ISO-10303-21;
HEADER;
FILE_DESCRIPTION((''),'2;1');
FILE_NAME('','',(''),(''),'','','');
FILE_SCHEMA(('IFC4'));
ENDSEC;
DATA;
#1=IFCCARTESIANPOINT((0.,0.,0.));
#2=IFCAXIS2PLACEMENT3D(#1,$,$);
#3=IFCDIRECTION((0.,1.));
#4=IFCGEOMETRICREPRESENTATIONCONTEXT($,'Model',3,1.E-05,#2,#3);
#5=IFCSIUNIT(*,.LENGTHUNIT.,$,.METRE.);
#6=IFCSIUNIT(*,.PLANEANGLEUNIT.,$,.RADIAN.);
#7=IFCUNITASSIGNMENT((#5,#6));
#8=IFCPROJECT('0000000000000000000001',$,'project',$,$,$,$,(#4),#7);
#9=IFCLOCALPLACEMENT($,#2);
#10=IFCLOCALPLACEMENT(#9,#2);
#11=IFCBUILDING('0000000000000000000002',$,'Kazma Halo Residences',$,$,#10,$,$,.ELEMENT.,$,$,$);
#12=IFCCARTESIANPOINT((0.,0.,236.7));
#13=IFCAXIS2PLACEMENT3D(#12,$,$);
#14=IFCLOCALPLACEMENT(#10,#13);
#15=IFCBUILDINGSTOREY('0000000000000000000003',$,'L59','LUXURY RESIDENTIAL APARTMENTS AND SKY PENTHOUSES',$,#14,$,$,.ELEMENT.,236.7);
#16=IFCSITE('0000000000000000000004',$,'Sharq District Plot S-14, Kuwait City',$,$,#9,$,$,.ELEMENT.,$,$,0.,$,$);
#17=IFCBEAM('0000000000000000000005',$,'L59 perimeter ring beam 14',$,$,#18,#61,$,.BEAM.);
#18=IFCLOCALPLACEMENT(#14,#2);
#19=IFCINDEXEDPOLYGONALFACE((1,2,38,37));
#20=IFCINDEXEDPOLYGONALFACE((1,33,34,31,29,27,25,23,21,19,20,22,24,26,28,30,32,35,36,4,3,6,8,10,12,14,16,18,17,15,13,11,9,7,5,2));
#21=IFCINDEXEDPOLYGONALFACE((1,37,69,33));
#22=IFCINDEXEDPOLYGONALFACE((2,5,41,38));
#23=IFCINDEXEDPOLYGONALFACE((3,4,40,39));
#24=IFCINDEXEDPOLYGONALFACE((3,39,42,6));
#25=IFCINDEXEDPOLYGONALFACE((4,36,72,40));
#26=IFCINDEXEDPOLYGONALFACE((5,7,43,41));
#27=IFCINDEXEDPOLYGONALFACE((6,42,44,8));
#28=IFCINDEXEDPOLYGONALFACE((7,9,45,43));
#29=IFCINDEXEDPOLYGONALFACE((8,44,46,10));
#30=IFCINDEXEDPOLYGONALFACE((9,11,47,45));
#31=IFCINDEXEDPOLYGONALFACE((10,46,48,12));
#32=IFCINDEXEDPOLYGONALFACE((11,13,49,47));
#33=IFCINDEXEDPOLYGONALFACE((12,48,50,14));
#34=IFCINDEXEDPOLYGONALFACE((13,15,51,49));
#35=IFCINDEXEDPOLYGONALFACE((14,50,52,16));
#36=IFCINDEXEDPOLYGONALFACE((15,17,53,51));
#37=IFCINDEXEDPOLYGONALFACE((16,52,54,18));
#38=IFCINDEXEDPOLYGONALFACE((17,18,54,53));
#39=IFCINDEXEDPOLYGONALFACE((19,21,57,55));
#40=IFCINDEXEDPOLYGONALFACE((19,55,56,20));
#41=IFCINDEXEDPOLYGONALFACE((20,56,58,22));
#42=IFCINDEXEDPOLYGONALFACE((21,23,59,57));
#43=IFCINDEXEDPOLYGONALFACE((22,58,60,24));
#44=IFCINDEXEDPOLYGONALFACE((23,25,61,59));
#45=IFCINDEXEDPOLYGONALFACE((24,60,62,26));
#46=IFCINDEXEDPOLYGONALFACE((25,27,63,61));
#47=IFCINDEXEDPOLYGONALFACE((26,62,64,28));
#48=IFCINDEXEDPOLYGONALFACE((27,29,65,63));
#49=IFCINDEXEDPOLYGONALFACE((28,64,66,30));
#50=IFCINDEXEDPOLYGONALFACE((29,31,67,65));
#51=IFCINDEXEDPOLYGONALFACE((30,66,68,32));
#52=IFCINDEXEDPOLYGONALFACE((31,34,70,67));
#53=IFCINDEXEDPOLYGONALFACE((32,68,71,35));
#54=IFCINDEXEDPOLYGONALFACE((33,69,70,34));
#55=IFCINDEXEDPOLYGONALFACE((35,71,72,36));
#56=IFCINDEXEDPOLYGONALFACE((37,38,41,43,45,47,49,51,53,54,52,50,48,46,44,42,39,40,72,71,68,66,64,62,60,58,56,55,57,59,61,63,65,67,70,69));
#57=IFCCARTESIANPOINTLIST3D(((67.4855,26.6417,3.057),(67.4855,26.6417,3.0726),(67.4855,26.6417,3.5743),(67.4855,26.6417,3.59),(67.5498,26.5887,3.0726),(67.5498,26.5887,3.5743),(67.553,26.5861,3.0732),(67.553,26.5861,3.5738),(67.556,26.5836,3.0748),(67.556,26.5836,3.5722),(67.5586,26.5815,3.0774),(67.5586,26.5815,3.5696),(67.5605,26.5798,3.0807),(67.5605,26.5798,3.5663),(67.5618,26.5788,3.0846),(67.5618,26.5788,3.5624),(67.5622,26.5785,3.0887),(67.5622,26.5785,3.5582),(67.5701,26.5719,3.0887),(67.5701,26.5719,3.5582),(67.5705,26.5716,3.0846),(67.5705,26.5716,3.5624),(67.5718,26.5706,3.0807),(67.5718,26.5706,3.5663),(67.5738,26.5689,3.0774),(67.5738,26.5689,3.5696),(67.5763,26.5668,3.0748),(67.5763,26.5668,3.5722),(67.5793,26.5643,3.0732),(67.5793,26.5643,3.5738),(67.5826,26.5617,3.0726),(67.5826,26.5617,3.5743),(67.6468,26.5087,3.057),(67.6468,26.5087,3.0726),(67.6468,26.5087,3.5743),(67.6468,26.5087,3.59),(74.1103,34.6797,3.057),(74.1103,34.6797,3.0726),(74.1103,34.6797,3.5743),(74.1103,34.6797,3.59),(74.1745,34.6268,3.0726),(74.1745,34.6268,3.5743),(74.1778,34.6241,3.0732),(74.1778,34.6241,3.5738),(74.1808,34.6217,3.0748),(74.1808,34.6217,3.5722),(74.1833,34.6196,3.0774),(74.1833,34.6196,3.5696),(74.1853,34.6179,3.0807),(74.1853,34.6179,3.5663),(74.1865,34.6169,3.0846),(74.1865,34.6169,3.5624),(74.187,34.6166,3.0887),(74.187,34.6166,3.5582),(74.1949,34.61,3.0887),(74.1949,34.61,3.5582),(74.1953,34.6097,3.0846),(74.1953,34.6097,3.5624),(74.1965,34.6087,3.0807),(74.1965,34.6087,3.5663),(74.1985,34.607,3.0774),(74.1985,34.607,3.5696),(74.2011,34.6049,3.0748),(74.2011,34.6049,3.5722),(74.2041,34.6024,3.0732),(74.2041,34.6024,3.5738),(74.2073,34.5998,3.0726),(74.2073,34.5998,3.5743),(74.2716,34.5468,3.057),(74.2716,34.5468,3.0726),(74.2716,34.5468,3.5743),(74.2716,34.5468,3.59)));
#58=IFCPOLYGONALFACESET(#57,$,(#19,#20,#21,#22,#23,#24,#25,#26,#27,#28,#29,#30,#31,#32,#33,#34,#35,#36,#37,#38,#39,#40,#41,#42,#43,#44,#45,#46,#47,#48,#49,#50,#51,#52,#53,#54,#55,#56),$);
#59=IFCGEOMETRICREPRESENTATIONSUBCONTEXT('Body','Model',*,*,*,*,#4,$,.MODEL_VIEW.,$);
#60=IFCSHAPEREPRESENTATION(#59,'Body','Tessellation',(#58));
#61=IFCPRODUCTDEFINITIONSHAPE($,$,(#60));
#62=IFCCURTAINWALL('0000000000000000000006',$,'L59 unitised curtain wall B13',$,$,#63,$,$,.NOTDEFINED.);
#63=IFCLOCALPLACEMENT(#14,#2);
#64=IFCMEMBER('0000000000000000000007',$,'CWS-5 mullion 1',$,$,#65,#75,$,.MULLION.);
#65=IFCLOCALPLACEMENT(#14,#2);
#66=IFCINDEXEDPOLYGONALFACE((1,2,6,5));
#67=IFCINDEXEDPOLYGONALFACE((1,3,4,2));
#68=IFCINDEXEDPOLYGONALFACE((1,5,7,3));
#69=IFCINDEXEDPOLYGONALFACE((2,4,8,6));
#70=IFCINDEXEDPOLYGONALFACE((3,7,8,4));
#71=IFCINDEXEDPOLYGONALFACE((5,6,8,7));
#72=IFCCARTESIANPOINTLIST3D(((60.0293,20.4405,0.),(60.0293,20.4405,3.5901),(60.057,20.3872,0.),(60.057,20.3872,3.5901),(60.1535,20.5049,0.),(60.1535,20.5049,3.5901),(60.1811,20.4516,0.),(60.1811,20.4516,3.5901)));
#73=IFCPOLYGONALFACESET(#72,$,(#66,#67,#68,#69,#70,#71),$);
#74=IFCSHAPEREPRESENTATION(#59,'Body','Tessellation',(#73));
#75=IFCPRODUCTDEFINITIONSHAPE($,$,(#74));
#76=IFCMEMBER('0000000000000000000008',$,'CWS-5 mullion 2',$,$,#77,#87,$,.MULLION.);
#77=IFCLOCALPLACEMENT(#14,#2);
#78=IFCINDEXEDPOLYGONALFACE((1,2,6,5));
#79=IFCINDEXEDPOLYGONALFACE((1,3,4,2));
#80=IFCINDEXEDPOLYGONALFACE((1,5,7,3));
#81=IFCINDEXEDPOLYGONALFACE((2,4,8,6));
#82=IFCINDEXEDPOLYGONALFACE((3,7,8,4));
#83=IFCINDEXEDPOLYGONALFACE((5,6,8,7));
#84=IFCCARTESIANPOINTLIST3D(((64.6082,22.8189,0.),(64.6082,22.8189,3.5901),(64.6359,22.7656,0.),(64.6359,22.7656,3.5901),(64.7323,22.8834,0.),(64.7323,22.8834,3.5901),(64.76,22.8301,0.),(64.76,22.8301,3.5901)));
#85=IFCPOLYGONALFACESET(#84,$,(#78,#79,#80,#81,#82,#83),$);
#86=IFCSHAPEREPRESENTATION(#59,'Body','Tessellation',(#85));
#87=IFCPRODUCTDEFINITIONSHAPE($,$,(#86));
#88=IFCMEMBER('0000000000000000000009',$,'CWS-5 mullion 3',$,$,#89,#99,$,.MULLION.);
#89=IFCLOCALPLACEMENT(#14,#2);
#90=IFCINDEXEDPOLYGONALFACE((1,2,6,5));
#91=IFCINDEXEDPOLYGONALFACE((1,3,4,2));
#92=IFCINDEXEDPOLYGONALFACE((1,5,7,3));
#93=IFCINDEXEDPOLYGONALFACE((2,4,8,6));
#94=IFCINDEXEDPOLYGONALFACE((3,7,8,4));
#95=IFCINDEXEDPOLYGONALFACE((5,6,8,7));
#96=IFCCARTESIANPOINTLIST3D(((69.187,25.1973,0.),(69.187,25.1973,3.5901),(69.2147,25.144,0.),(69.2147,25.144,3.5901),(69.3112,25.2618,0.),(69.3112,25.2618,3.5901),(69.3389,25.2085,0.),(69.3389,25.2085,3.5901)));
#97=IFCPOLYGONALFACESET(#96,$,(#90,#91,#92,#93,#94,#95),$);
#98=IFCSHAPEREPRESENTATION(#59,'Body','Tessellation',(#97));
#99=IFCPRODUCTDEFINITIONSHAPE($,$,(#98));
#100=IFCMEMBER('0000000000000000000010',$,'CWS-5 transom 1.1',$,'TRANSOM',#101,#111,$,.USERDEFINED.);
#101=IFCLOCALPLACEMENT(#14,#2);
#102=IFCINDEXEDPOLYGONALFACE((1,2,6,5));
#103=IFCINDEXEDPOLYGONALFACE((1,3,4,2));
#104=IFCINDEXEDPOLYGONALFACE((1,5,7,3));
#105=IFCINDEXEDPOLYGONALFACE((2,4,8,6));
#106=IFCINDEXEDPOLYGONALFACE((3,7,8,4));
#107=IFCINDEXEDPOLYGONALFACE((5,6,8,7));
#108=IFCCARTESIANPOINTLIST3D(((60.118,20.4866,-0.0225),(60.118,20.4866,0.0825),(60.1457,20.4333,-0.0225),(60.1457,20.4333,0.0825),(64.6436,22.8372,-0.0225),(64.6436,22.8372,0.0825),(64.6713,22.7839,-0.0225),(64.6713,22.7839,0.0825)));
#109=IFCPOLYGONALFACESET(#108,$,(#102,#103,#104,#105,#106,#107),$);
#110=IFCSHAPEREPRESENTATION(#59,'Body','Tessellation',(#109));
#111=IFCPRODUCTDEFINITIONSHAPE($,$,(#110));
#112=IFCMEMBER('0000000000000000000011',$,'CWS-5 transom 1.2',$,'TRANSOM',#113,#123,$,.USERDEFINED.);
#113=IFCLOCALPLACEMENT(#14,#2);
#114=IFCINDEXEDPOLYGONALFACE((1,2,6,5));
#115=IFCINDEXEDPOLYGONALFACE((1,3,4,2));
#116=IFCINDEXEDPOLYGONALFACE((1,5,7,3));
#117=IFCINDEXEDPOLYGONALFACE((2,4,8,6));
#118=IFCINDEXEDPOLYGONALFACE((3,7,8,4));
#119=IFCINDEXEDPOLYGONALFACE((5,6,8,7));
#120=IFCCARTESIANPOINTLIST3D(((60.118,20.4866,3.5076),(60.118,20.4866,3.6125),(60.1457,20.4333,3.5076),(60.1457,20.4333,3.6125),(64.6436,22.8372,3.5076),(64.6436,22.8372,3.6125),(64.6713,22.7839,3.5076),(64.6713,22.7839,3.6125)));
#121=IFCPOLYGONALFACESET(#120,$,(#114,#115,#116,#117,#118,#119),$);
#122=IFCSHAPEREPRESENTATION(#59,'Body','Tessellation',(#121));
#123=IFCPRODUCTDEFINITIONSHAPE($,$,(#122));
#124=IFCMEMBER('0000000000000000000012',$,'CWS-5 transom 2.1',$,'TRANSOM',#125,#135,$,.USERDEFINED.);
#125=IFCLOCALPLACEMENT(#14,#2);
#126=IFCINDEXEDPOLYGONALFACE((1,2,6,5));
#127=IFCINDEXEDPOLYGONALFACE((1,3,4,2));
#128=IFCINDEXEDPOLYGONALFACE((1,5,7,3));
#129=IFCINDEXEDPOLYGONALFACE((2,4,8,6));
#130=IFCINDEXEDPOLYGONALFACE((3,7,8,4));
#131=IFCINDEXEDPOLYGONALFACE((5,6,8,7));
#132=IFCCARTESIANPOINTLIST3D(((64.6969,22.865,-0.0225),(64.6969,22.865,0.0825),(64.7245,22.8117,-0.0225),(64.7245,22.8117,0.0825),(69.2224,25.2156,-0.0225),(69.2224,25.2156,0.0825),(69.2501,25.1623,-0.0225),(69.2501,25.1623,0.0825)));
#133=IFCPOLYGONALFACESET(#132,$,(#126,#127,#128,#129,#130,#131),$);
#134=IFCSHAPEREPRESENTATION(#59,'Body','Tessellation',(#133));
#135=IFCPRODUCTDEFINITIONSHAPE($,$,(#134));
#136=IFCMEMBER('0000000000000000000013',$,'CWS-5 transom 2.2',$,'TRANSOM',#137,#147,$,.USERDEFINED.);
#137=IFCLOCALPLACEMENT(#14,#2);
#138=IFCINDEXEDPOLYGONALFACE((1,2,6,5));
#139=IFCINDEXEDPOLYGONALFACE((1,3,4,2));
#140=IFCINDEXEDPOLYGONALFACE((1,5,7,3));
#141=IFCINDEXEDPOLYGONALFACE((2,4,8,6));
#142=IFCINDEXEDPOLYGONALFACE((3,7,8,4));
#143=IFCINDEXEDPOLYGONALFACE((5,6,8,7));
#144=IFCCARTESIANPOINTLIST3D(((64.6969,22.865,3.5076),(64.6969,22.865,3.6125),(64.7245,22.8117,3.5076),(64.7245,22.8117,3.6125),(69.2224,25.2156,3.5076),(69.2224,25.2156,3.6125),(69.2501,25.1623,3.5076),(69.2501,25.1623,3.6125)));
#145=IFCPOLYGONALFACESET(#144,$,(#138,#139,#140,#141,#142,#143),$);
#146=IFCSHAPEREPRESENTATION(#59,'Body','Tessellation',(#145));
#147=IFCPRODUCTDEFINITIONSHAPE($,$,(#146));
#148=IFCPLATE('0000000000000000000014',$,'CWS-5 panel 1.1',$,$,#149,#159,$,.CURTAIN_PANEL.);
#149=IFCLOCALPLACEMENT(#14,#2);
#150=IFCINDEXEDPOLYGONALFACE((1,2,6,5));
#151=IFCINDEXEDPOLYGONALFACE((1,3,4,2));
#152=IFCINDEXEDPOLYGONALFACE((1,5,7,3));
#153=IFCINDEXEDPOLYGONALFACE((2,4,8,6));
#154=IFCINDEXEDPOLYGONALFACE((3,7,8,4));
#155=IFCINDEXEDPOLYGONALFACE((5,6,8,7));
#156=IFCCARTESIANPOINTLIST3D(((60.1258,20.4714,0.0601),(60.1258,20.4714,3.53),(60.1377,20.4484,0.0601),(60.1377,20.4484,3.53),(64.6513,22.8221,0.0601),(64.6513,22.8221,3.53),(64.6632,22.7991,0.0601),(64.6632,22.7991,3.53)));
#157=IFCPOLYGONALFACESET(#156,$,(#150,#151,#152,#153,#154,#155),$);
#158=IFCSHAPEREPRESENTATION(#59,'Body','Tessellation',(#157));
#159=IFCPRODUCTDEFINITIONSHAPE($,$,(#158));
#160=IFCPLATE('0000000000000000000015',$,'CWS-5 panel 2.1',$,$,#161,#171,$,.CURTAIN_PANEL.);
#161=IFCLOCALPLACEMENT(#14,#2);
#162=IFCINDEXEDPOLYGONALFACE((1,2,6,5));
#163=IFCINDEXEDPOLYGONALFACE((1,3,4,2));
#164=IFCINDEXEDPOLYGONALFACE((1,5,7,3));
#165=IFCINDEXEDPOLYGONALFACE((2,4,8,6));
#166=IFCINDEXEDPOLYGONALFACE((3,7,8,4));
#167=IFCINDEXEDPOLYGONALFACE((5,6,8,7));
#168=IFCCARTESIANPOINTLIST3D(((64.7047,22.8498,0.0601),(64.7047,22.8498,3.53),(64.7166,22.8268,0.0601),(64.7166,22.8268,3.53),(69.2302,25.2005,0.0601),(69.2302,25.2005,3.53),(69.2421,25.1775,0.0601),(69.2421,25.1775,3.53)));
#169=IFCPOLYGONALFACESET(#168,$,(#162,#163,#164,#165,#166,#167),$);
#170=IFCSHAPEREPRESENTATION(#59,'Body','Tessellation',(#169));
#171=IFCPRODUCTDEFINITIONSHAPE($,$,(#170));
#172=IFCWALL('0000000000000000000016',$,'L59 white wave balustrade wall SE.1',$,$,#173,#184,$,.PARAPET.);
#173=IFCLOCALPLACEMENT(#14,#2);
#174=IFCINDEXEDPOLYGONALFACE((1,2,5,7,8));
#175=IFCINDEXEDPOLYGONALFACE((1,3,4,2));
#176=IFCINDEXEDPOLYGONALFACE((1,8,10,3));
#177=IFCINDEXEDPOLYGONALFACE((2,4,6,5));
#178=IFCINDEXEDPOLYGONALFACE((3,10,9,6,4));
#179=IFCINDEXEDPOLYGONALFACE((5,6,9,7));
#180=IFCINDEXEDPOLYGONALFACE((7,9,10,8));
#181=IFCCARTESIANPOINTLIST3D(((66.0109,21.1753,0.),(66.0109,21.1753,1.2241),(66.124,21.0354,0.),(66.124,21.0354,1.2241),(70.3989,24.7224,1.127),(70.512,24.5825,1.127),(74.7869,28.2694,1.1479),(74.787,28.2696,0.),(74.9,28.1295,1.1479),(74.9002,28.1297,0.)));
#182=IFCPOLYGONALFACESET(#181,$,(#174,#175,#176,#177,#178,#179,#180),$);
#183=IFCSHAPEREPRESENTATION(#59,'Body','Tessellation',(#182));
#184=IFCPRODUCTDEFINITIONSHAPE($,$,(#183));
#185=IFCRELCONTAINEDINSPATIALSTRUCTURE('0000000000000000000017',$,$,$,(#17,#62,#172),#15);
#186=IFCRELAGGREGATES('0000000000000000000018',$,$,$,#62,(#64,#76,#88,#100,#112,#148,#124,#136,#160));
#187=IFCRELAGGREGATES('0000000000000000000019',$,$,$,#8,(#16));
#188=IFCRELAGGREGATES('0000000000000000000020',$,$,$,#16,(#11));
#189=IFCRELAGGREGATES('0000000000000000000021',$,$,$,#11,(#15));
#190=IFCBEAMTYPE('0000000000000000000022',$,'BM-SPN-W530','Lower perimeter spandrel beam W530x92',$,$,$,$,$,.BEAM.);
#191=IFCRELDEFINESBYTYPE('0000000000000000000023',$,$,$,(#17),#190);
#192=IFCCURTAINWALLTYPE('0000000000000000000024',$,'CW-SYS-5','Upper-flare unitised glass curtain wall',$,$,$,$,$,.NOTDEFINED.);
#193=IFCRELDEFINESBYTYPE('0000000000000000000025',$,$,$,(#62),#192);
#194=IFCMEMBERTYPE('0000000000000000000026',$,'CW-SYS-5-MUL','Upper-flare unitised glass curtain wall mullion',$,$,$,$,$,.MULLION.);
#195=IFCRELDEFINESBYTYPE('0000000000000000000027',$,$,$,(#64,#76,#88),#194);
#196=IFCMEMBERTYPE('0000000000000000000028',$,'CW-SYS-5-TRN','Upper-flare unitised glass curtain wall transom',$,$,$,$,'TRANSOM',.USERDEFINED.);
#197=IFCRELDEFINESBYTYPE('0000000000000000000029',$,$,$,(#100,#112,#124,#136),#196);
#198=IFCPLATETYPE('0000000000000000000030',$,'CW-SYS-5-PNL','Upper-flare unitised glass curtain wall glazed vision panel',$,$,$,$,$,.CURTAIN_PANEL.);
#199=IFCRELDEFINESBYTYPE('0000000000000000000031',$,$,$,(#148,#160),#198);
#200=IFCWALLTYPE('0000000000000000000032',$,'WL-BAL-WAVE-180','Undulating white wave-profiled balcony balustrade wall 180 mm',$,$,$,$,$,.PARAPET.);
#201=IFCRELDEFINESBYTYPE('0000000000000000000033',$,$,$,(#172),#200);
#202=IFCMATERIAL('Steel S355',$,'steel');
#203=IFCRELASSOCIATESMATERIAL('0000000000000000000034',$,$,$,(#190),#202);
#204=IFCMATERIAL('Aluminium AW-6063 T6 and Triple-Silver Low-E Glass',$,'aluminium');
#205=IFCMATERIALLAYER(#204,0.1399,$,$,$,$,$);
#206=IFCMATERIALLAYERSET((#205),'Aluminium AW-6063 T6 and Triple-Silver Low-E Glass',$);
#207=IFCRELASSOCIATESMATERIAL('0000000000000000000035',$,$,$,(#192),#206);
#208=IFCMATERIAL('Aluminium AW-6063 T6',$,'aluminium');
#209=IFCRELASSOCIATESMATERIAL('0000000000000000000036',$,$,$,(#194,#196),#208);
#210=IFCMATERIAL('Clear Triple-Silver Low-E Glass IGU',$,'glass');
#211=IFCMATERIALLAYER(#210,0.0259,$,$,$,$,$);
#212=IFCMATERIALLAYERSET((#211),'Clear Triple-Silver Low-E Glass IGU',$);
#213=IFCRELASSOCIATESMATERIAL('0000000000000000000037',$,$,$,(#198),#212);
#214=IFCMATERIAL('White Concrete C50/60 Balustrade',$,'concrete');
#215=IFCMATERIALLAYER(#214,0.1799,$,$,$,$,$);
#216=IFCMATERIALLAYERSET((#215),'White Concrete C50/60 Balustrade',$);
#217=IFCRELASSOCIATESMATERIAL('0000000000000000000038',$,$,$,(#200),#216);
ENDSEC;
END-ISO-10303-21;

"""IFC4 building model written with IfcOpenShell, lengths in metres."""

from ifc_helpers import new_model, si_unit, direction, frame, origin, origin_2d, place, context, subcontext, project, spatial, polyline, rectangle, i_section, outline, extrude, material, layer, layer_set, material_profile, profile_set, type_object, element, aggregate, save


model = new_model("IFC4")

# Units and contexts
model_context = context("Model", 3, precision=1e-05, world=origin(), true_north=direction((0.0, 1.0)))
body_context = subcontext(model_context, "Body", "Model", "MODEL_VIEW")
ifc_project = project(units=[si_unit("LENGTHUNIT", "METRE"), si_unit("PLANEANGLEUNIT", "RADIAN")], contexts=[model_context])

# Site, building, storey
site_placement = place(None, origin())
site = spatial("IfcSite", under=ifc_project, at=site_placement, Name="Sharq District Plot S-14, Kuwait City", CompositionType="ELEMENT", RefElevation=0.0)
building_placement = place(site_placement, origin())
building = spatial("IfcBuilding", under=site, at=building_placement, Name="Kazma Halo Residences", CompositionType="ELEMENT")
storey_placement = place(building_placement, frame((0.0, 0.0, 236.7)))
storey = spatial("IfcBuildingStorey", under=building, at=storey_placement, Name="L59", Description="LUXURY RESIDENTIAL APARTMENTS AND SKY PENTHOUSES", CompositionType="ELEMENT", Elevation=236.7)

# Beam
ifc_material_1 = material(Name="Steel S355", Category="steel")
ifc_material_profile_1 = material_profile(ifc_material_1, i_section(OverallWidth=0.209, OverallDepth=0.533, WebThickness=0.0103, FlangeThickness=0.0156, FilletRadius=0.0161, at=origin_2d()), Name="W530x92")
ifc_profile_set_1 = profile_set([ifc_material_profile_1], Name="Steel S355")
beam_type_1 = type_object("IfcBeamType", Name="BM-SPN-W530", Description="Lower perimeter spandrel beam W530x92", PredefinedType="BEAM", material=ifc_profile_set_1)
beam_1_placement = place(storey_placement, frame((67.5662, 26.5752, 3.3235), z_axis=(0.636002, 0.771687, 0.0), x_axis=(-0.771687, 0.636002, 0.0)))
element("IfcBeam", 1, at=beam_1_placement, inside=storey, type_object=beam_type_1, Name="L59 perimeter ring beam 14", PredefinedType="BEAM", context=body_context, shape_type="SweptSolid", body=[
    extrude(i_section(OverallWidth=0.209, OverallDepth=0.533, WebThickness=0.0103, FlangeThickness=0.0156, FilletRadius=0.0161, at=origin_2d()), origin(), (0.0, 0.0, 1.0), 10.4163),
])

# Curtain wall, members, plates
ifc_material_2 = material(Name="Aluminium AW-6063 T6 and Triple-Silver Low-E Glass", Category="aluminium")
ifc_layer_1 = layer(ifc_material_2, 0.1399)
ifc_layer_set_1 = layer_set([ifc_layer_1], Name="Aluminium AW-6063 T6 and Triple-Silver Low-E Glass")
curtain_wall_type = type_object("IfcCurtainWallType", Name="CW-SYS-5", Description="Upper-flare unitised glass curtain wall", PredefinedType="NOTDEFINED", material=ifc_layer_set_1)
curtain_wall_placement = place(storey_placement, origin())
curtain_wall = element("IfcCurtainWall", 2, at=curtain_wall_placement, inside=storey, type_object=curtain_wall_type, Name="L59 unitised curtain wall B13", PredefinedType="NOTDEFINED")
ifc_material_3 = material(Name="Aluminium AW-6063 T6", Category="aluminium")
ifc_material_profile_2 = material_profile(ifc_material_3, rectangle(XDim=0.0601, YDim=0.1399, at=origin_2d()), Name="CWM-60x140")
ifc_profile_set_2 = profile_set([ifc_material_profile_2], Name="Aluminium AW-6063 T6")
member_type_1 = type_object("IfcMemberType", Name="CW-SYS-5-MUL", Description="Upper-flare unitised glass curtain wall mullion", PredefinedType="MULLION", material=ifc_profile_set_2)
member_1_placement = place(storey_placement, frame((60.1052, 20.446, 0.0), z_axis=(0.0, 0.0, 1.0), x_axis=(-0.460961, 0.887421, 0.0)))
member_1 = element("IfcMember", 3, at=member_1_placement, type_object=member_type_1, Name="CWS-5 mullion 1", PredefinedType="MULLION", context=body_context, shape_type="SweptSolid", body=[
    extrude(rectangle(XDim=0.0601, YDim=0.1399, at=origin_2d()), origin(), (0.0, 0.0, 1.0), 3.5901),
])
member_2_placement = place(storey_placement, frame((64.6841, 22.8245, 0.0), z_axis=(0.0, 0.0, 1.0), x_axis=(-0.460961, 0.887421, 0.0)))
member_2 = element("IfcMember", 4, at=member_2_placement, type_object=member_type_1, Name="CWS-5 mullion 2", PredefinedType="MULLION", context=body_context, shape_type="SweptSolid", body=[
    extrude(rectangle(XDim=0.0601, YDim=0.1399, at=origin_2d()), origin(), (0.0, 0.0, 1.0), 3.5901),
])
member_3_placement = place(storey_placement, frame((69.2629, 25.2029, 0.0), z_axis=(0.0, 0.0, 1.0), x_axis=(-0.460961, 0.887421, 0.0)))
member_3 = element("IfcMember", 5, at=member_3_placement, type_object=member_type_1, Name="CWS-5 mullion 3", PredefinedType="MULLION", context=body_context, shape_type="SweptSolid", body=[
    extrude(rectangle(XDim=0.0601, YDim=0.1399, at=origin_2d()), origin(), (0.0, 0.0, 1.0), 3.5901),
])
ifc_material_profile_3 = material_profile(ifc_material_3, rectangle(XDim=0.0601, YDim=0.105, at=origin_2d()), Name="CWT-60x105")
ifc_profile_set_3 = profile_set([ifc_material_profile_3], Name="Aluminium AW-6063 T6")
member_type_2 = type_object("IfcMemberType", Name="CW-SYS-5-TRN", Description="Upper-flare unitised glass curtain wall transom", ElementType="TRANSOM", PredefinedType="USERDEFINED", material=ifc_profile_set_3)
member_4_placement = place(storey_placement, frame((60.1318, 20.46, 0.03), z_axis=(0.887437, 0.460929, 0.0), x_axis=(-0.460929, 0.887437, 0.0)))
member_4 = element("IfcMember", 6, at=member_4_placement, type_object=member_type_2, Name="CWS-5 transom 1.1", ObjectType="TRANSOM", PredefinedType="USERDEFINED", context=body_context, shape_type="SweptSolid", body=[
    extrude(rectangle(XDim=0.0601, YDim=0.105, at=origin_2d()), origin(), (0.0, 0.0, 1.0), 5.0996),
])
member_5_placement = place(storey_placement, frame((60.1318, 20.46, 3.5601), z_axis=(0.887437, 0.460929, 0.0), x_axis=(-0.460929, 0.887437, 0.0)))
member_5 = element("IfcMember", 7, at=member_5_placement, type_object=member_type_2, Name="CWS-5 transom 1.2", ObjectType="TRANSOM", PredefinedType="USERDEFINED", context=body_context, shape_type="SweptSolid", body=[
    extrude(rectangle(XDim=0.0601, YDim=0.105, at=origin_2d()), origin(), (0.0, 0.0, 1.0), 5.0996),
])
member_6_placement = place(storey_placement, frame((64.7107, 22.8384, 0.03), z_axis=(0.887437, 0.460929, 0.0), x_axis=(-0.460929, 0.887437, 0.0)))
member_6 = element("IfcMember", 8, at=member_6_placement, type_object=member_type_2, Name="CWS-5 transom 2.1", ObjectType="TRANSOM", PredefinedType="USERDEFINED", context=body_context, shape_type="SweptSolid", body=[
    extrude(rectangle(XDim=0.0601, YDim=0.105, at=origin_2d()), origin(), (0.0, 0.0, 1.0), 5.0996),
])
member_7_placement = place(storey_placement, frame((64.7107, 22.8384, 3.5601), z_axis=(0.887437, 0.460929, 0.0), x_axis=(-0.460929, 0.887437, 0.0)))
member_7 = element("IfcMember", 9, at=member_7_placement, type_object=member_type_2, Name="CWS-5 transom 2.2", ObjectType="TRANSOM", PredefinedType="USERDEFINED", context=body_context, shape_type="SweptSolid", body=[
    extrude(rectangle(XDim=0.0601, YDim=0.105, at=origin_2d()), origin(), (0.0, 0.0, 1.0), 5.0996),
])
ifc_material_4 = material(Name="Clear Triple-Silver Low-E Glass IGU", Category="glass")
ifc_layer_2 = layer(ifc_material_4, 0.0259)
ifc_layer_set_2 = layer_set([ifc_layer_2], Name="Clear Triple-Silver Low-E Glass IGU")
plate_type = type_object("IfcPlateType", Name="CW-SYS-5-PNL", Description="Upper-flare unitised glass curtain wall glazed vision panel", PredefinedType="CURTAIN_PANEL", material=ifc_layer_set_2)
plate_1_placement = place(storey_placement, frame((62.3945, 21.6353, 0.0601), z_axis=(0.0, 0.0, 1.0), x_axis=(0.887421, 0.460961, 0.0)))
plate_1 = element("IfcPlate", 10, at=plate_1_placement, type_object=plate_type, Name="CWS-5 panel 1.1", PredefinedType="CURTAIN_PANEL", context=body_context, shape_type="SweptSolid", body=[
    extrude(rectangle(XDim=5.0996, YDim=0.0259, at=origin_2d()), origin(), (0.0, 0.0, 1.0), 3.47),
])
plate_2_placement = place(storey_placement, frame((66.9734, 24.0137, 0.0601), z_axis=(0.0, 0.0, 1.0), x_axis=(0.887421, 0.460961, 0.0)))
plate_2 = element("IfcPlate", 11, at=plate_2_placement, type_object=plate_type, Name="CWS-5 panel 2.1", PredefinedType="CURTAIN_PANEL", context=body_context, shape_type="SweptSolid", body=[
    extrude(rectangle(XDim=5.0996, YDim=0.0259, at=origin_2d()), origin(), (0.0, 0.0, 1.0), 3.47),
])
aggregate(curtain_wall, [member_1, member_2, member_3, member_4, member_5, plate_1, member_6, member_7, plate_2])

# Wall
ifc_material_5 = material(Name="White Concrete C50/60 Balustrade", Category="concrete")
ifc_layer_3 = layer(ifc_material_5, 0.1799)
ifc_layer_set_3 = layer_set([ifc_layer_3], Name="White Concrete C50/60 Balustrade")
wall_type_1 = type_object("IfcWallType", Name="WL-BAL-WAVE-180", Description="Undulating white wave-profiled balcony balustrade wall 180 mm", PredefinedType="PARAPET", material=ifc_layer_set_3)
wall_1_placement = place(storey_placement, frame((66.0674, 21.1055, 0.0), z_axis=(0.0, 0.0, 1.0), x_axis=(0.777689, 0.62865, 0.0)))
element("IfcWall", 12, at=wall_1_placement, inside=storey, type_object=wall_type_1, Name="L59 white wave balustrade wall SE.1", PredefinedType="PARAPET", context=body_context, shape_type="SweptSolid", body=[
    extrude(outline(polyline([(0.0, 0.0), (11.2849, 0.0), (11.2847, 1.1479), (5.6423, 1.127), (0.0, 1.2241), (0.0, 0.0)])), frame((0.0, 0.0898, 0.0), z_axis=(0.0, -1.0, 0.0), x_axis=(1.0, 0.0, 0.0)), (0.0, 0.0, 1.0), 0.1799),
])

save(model, "model.ifc")
